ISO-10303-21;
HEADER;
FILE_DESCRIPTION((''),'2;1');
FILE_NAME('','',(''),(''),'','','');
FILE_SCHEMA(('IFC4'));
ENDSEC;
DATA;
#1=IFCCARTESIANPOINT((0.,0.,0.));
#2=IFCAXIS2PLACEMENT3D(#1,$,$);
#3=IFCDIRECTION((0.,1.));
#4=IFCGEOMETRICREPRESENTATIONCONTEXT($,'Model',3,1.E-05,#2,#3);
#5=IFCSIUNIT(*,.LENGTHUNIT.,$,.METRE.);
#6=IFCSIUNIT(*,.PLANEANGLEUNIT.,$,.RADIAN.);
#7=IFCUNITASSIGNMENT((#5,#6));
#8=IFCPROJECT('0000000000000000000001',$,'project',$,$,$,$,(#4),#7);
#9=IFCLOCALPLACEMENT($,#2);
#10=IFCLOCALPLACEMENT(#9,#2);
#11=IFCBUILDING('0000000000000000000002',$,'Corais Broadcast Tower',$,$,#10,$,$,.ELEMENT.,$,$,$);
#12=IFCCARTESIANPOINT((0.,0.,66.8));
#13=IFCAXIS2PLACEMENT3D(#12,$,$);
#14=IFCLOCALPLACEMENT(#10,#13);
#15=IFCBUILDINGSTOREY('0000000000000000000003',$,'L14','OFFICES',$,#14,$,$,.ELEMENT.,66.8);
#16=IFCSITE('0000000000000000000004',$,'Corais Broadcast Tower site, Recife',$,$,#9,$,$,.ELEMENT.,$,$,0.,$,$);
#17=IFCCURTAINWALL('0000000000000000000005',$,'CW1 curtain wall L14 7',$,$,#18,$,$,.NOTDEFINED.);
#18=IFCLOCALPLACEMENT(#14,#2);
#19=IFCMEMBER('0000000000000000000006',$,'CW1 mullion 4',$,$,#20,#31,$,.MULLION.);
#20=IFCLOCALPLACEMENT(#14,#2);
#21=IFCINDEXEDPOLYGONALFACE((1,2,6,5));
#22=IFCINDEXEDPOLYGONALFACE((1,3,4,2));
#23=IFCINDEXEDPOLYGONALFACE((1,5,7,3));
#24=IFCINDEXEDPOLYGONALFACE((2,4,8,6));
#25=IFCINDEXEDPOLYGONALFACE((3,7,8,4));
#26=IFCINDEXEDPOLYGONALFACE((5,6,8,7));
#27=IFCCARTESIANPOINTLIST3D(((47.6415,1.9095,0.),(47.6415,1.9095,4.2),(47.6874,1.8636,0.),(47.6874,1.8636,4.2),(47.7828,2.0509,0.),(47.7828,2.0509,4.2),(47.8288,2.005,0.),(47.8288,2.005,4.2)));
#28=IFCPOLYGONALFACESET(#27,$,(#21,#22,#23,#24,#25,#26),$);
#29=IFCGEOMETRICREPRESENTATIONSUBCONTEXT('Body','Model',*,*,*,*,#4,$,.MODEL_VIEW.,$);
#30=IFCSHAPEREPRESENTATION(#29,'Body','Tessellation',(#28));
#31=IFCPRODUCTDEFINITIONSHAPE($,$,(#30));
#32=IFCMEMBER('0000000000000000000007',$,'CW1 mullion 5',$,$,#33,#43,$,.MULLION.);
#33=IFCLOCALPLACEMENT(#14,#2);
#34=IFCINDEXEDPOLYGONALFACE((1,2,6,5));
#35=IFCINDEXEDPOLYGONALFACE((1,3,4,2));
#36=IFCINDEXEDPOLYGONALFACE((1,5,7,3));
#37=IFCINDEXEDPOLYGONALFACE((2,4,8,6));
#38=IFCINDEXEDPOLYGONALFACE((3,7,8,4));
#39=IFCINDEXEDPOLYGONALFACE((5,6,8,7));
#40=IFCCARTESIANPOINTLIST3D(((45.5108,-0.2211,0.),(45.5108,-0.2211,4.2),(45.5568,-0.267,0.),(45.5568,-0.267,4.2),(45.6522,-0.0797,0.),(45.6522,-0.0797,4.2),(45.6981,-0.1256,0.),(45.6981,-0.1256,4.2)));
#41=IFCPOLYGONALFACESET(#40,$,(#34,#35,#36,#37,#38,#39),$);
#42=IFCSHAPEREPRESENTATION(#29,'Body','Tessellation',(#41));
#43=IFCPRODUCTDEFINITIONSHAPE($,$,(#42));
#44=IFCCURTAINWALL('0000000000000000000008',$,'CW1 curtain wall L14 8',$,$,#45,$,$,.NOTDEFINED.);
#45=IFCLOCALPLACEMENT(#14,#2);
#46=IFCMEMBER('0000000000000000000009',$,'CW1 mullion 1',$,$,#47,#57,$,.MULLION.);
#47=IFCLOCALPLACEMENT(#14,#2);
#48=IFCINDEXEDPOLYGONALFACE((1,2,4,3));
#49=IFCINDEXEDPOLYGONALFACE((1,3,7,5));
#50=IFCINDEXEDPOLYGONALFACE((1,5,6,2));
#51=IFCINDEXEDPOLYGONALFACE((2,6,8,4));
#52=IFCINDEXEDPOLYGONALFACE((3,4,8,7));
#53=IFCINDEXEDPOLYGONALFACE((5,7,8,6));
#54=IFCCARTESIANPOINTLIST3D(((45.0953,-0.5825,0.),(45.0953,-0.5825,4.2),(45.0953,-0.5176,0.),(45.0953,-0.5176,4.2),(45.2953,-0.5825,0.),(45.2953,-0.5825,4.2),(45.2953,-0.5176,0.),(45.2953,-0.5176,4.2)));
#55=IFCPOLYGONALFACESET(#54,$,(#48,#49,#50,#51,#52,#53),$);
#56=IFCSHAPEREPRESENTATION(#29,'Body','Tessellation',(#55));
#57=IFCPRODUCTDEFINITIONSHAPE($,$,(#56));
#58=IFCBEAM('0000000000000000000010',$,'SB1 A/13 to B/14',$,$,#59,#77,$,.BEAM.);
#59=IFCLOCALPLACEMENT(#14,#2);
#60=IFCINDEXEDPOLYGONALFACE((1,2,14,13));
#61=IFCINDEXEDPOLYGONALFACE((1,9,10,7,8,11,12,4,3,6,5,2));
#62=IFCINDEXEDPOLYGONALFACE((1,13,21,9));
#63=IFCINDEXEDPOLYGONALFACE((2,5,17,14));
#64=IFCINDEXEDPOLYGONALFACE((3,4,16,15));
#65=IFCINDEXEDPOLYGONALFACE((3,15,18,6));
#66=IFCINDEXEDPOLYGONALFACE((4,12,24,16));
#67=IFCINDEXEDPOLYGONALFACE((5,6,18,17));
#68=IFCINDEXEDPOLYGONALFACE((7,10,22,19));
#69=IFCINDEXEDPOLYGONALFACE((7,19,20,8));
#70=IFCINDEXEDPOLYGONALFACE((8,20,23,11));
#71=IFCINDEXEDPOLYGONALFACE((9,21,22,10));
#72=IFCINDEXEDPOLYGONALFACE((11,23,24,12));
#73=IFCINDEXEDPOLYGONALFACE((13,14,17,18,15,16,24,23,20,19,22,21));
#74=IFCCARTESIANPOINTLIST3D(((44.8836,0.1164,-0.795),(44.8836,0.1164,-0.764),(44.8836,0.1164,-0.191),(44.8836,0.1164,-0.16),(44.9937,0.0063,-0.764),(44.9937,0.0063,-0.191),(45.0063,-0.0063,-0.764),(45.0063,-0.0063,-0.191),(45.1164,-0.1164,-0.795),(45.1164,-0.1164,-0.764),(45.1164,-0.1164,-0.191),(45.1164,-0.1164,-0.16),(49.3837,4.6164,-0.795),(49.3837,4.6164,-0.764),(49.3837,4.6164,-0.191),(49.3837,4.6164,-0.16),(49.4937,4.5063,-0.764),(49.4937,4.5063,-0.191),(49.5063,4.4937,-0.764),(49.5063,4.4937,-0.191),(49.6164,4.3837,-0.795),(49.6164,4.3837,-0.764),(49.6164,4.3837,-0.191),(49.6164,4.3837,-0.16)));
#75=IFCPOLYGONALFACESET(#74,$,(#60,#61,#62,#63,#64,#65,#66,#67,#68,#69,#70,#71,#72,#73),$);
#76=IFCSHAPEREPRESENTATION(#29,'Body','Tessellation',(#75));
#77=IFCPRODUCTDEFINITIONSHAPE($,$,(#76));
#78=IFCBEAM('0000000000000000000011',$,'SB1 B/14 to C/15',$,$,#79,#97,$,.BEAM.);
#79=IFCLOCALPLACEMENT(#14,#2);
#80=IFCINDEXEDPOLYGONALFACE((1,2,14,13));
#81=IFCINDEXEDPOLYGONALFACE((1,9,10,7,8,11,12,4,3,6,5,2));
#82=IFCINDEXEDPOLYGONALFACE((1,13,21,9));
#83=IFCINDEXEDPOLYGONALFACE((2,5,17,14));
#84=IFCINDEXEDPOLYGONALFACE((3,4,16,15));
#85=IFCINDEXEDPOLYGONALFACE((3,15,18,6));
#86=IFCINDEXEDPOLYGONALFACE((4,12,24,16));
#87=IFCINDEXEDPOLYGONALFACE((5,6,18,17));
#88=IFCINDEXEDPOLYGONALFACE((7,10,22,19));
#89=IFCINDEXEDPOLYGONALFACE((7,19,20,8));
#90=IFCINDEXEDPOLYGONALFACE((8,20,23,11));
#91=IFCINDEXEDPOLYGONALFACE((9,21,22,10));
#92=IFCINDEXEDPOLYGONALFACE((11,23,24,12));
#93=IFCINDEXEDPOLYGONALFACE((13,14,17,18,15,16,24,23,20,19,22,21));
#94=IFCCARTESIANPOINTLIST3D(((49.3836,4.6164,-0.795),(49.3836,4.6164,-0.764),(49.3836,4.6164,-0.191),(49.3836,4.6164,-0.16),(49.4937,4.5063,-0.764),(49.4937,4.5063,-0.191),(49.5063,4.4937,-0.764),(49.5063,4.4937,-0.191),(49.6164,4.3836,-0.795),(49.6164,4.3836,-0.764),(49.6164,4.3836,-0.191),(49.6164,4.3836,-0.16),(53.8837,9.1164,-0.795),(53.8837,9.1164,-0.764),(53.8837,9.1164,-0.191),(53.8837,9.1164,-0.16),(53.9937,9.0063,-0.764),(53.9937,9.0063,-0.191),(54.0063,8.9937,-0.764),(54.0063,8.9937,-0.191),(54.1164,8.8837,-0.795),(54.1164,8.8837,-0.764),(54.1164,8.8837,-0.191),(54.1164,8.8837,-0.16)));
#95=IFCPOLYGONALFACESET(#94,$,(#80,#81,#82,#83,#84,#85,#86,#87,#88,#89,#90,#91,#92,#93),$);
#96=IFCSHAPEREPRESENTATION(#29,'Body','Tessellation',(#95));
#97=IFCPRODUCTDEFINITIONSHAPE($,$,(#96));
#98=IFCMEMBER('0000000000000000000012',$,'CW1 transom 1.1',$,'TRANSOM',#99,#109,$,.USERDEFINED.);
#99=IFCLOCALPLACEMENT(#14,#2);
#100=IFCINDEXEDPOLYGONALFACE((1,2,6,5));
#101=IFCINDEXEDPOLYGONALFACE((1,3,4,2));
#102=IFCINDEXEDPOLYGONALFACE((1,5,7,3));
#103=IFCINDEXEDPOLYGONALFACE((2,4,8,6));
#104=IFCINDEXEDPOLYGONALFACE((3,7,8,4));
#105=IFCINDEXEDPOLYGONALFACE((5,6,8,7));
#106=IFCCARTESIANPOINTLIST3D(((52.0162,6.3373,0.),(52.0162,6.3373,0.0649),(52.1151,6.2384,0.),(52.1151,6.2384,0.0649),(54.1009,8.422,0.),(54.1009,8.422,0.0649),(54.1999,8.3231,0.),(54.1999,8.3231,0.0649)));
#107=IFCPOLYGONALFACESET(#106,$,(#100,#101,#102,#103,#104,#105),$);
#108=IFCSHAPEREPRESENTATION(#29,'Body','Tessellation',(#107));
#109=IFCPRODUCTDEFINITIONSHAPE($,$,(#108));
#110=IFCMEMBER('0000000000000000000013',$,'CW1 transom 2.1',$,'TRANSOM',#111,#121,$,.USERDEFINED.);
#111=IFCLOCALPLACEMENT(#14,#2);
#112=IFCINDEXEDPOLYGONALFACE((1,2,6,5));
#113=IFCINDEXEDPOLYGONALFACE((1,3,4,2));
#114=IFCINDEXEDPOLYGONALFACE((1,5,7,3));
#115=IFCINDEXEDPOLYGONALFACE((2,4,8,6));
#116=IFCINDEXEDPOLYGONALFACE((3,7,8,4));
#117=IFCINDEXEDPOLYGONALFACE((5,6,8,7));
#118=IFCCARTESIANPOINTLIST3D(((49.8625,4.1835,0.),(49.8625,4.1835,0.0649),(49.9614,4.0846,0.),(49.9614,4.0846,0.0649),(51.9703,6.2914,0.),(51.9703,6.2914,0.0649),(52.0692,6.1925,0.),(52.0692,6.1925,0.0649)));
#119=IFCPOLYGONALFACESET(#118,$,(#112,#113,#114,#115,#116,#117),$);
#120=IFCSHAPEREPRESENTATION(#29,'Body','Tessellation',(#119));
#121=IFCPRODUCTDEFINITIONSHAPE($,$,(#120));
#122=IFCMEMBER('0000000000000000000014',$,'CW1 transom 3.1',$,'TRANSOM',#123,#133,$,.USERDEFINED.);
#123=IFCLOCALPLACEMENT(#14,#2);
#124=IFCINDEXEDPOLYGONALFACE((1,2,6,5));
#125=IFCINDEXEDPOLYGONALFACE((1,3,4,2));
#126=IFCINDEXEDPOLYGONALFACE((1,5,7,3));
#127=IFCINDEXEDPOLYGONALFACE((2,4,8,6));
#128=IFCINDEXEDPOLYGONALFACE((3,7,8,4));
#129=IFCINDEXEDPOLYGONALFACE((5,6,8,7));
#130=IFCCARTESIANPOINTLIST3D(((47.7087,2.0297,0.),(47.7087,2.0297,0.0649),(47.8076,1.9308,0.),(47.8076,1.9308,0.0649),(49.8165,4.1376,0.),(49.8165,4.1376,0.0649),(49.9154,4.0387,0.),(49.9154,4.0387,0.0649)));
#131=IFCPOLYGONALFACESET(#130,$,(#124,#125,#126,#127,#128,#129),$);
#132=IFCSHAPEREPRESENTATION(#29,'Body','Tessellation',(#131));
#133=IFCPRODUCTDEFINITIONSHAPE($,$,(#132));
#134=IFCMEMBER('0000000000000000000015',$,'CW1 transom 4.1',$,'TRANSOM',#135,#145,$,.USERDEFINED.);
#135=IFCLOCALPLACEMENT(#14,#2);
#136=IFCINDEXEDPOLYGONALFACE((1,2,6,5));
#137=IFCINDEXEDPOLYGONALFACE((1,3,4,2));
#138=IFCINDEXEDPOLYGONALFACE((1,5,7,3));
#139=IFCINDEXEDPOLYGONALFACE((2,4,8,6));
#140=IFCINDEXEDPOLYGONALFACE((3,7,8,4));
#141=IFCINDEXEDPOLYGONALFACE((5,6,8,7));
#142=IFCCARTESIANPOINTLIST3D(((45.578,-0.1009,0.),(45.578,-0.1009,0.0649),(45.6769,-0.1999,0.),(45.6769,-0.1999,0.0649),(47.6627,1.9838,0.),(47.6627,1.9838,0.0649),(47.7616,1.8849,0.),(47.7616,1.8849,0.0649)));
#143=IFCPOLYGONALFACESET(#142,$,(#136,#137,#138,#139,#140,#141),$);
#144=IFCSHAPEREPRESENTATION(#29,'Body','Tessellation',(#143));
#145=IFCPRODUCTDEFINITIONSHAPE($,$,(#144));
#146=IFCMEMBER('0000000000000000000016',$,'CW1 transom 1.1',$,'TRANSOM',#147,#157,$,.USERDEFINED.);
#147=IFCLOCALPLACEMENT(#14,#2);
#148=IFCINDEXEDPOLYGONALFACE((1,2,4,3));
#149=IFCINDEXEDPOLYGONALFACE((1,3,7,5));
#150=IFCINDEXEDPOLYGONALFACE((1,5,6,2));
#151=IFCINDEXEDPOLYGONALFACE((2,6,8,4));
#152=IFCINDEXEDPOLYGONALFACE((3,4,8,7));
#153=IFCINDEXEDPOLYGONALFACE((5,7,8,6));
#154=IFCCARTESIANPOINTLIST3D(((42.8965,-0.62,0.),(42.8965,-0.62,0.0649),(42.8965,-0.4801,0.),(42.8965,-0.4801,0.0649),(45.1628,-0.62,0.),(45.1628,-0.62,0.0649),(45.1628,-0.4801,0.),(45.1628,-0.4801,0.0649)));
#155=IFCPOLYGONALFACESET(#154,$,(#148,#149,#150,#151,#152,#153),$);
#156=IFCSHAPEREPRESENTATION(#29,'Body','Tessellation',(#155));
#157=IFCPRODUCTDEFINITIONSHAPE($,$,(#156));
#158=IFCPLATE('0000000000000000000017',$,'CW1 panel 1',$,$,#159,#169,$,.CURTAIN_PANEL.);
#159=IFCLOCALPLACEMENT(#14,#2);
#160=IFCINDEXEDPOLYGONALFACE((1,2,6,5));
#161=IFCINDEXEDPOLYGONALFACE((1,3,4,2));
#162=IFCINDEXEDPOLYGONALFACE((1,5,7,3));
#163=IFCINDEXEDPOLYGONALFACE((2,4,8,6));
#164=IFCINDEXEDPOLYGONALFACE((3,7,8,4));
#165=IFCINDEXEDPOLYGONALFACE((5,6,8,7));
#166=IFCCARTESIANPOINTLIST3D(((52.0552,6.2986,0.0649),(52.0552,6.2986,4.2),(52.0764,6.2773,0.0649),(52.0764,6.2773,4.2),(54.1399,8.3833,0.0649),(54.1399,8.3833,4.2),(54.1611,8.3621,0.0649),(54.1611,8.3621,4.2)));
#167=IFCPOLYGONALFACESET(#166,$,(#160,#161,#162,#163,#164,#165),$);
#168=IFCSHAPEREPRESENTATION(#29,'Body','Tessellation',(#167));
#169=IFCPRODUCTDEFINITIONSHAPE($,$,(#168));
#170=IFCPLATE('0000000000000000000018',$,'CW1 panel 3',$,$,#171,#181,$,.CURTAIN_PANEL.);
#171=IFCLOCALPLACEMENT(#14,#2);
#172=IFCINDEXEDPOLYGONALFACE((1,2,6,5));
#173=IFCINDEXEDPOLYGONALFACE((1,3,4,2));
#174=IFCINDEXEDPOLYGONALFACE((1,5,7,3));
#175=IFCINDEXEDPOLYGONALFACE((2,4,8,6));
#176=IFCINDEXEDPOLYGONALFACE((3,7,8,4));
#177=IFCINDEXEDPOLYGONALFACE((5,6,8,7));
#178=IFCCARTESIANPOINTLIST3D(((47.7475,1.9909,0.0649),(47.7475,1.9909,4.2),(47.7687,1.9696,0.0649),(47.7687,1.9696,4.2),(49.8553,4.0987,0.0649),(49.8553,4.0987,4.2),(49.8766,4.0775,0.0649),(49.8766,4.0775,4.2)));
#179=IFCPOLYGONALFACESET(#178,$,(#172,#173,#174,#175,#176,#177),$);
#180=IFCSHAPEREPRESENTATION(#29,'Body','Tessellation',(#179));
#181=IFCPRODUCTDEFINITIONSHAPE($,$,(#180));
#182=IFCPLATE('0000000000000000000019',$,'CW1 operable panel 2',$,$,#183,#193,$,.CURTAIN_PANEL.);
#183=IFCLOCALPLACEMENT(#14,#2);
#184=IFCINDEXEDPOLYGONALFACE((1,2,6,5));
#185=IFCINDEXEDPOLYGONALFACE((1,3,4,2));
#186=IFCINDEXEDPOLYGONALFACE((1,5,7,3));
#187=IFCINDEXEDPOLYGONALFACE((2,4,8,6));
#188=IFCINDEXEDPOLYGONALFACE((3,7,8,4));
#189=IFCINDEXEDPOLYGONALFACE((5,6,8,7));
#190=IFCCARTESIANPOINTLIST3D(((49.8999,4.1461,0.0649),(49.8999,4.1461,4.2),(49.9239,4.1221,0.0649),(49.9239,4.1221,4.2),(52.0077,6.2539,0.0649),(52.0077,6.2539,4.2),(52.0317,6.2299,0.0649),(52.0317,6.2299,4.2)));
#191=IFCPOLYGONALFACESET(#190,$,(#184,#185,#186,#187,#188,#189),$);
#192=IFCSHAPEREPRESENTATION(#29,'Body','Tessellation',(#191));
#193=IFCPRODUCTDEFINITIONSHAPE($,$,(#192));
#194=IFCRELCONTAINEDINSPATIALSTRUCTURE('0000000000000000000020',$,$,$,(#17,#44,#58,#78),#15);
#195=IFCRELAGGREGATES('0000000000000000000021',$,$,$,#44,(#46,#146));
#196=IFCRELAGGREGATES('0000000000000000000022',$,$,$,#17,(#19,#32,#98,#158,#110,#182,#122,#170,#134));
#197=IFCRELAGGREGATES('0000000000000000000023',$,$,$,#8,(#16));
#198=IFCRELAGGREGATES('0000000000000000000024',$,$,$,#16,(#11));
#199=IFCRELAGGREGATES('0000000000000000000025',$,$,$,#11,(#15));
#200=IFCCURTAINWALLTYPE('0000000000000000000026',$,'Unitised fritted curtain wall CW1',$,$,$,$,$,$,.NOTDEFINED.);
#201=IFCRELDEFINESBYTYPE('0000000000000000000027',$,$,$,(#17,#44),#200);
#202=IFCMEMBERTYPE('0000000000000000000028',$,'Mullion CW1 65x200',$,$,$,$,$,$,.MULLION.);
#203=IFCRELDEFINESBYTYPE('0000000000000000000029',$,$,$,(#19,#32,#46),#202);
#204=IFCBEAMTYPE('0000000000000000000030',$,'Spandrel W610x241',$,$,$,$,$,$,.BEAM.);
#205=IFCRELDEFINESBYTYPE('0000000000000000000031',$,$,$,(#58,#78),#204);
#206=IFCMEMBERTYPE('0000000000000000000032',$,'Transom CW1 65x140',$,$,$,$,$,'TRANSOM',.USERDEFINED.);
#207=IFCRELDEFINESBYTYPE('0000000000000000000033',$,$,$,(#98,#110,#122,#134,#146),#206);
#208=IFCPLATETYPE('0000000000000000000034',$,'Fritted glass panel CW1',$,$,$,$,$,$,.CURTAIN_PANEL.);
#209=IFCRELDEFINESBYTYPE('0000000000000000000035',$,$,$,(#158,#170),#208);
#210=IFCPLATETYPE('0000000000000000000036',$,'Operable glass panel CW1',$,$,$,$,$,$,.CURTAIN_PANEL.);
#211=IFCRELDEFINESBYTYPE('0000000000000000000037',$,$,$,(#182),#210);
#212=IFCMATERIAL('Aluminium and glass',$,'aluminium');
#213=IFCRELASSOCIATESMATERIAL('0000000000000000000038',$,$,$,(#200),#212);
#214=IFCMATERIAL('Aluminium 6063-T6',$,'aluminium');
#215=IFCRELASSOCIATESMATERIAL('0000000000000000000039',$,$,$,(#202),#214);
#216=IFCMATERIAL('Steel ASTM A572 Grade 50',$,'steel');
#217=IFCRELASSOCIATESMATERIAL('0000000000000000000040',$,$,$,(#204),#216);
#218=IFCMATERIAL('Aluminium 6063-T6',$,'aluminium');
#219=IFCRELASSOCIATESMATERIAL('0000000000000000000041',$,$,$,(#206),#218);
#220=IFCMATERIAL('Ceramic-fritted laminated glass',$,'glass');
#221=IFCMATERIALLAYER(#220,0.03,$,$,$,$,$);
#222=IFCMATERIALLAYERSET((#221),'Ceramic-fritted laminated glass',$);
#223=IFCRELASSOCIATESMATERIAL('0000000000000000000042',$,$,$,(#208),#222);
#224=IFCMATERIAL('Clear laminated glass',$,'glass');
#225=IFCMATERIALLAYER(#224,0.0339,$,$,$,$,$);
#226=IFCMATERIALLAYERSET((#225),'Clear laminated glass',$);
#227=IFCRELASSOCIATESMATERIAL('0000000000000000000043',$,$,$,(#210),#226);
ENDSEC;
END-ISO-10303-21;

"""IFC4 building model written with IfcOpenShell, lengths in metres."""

from ifc_helpers import new_model, si_unit, direction, frame, origin, origin_2d, place, context, subcontext, project, spatial, rectangle, i_section, extrude, material, layer, layer_set, material_profile, profile_set, type_object, element, aggregate, save


model = new_model("IFC4")

# Units and contexts
model_context = context("Model", 3, precision=1e-05, world=origin(), true_north=direction((0.0, 1.0)))
body_context = subcontext(model_context, "Body", "Model", "MODEL_VIEW")
ifc_project = project(units=[si_unit("LENGTHUNIT", "METRE"), si_unit("PLANEANGLEUNIT", "RADIAN")], contexts=[model_context])

# Site, building, storey
site_placement = place(None, origin())
site = spatial("IfcSite", under=ifc_project, at=site_placement, Name="Corais Broadcast Tower site, Recife", CompositionType="ELEMENT", RefElevation=0.0)
building_placement = place(site_placement, origin())
building = spatial("IfcBuilding", under=site, at=building_placement, Name="Corais Broadcast Tower", CompositionType="ELEMENT")
storey_placement = place(building_placement, frame((0.0, 0.0, 66.8)))
storey = spatial("IfcBuildingStorey", under=building, at=storey_placement, Name="L14", Description="OFFICES", CompositionType="ELEMENT", Elevation=66.8)

# Shared definitions
ifc_material_1 = material(Name="Aluminium and glass", Category="aluminium")
curtain_wall_type = type_object("IfcCurtainWallType", Name="Unitised fritted curtain wall CW1", PredefinedType="NOTDEFINED", material=ifc_material_1)
ifc_material_2 = material(Name="Aluminium 6063-T6", Category="aluminium")
ifc_material_profile_1 = material_profile(ifc_material_2, rectangle(XDim=0.0649, YDim=0.2, at=origin_2d()), Name="Mullion CW1 65x200")
ifc_profile_set_1 = profile_set([ifc_material_profile_1], Name="Aluminium 6063-T6")
member_type_1 = type_object("IfcMemberType", Name="Mullion CW1 65x200", PredefinedType="MULLION", material=ifc_profile_set_1)

# Curtain wall, members
curtain_wall_1_placement = place(storey_placement, origin())
curtain_wall_1 = element("IfcCurtainWall", 1, at=curtain_wall_1_placement, inside=storey, type_object=curtain_wall_type, Name="CW1 curtain wall L14 7", PredefinedType="NOTDEFINED")
member_1_placement = place(storey_placement, frame((47.7351, 1.9573, 0.0), z_axis=(0.0, 0.0, 1.0), x_axis=(0.707107, -0.707107, 0.0)))
member_1 = element("IfcMember", 2, at=member_1_placement, type_object=member_type_1, Name="CW1 mullion 4", PredefinedType="MULLION", context=body_context, shape_type="SweptSolid", body=[
    extrude(rectangle(XDim=0.0649, YDim=0.2, at=origin_2d()), origin(), (0.0, 0.0, 1.0), 4.2),
])
member_2_placement = place(storey_placement, frame((45.6045, -0.1733, 0.0), z_axis=(0.0, 0.0, 1.0), x_axis=(0.707107, -0.707107, 0.0)))
member_2 = element("IfcMember", 3, at=member_2_placement, type_object=member_type_1, Name="CW1 mullion 5", PredefinedType="MULLION", context=body_context, shape_type="SweptSolid", body=[
    extrude(rectangle(XDim=0.0649, YDim=0.2, at=origin_2d()), origin(), (0.0, 0.0, 1.0), 4.2),
])

# Curtain wall, member
curtain_wall_2_placement = place(storey_placement, origin())
curtain_wall_2 = element("IfcCurtainWall", 4, at=curtain_wall_2_placement, inside=storey, type_object=curtain_wall_type, Name="CW1 curtain wall L14 8", PredefinedType="NOTDEFINED")
member_3_placement = place(storey_placement, frame((45.1953, -0.55, 0.0), z_axis=(0.0, 0.0, 1.0), x_axis=(0.0, -1.0, 0.0)))
member_3 = element("IfcMember", 5, at=member_3_placement, type_object=member_type_1, Name="CW1 mullion 1", PredefinedType="MULLION", context=body_context, shape_type="SweptSolid", body=[
    extrude(rectangle(XDim=0.0649, YDim=0.2, at=origin_2d()), origin(), (0.0, 0.0, 1.0), 4.2),
])

# Beams
ifc_material_3 = material(Name="Steel ASTM A572 Grade 50", Category="steel")
ifc_material_profile_2 = material_profile(ifc_material_3, i_section(OverallWidth=0.3291, OverallDepth=0.635, WebThickness=0.0178, FlangeThickness=0.031, at=origin_2d()), Name="W610x241")
ifc_profile_set_2 = profile_set([ifc_material_profile_2], Name="Steel ASTM A572 Grade 50")
beam_type_1 = type_object("IfcBeamType", Name="Spandrel W610x241", PredefinedType="BEAM", material=ifc_profile_set_2)
for number, where, z_axis, x_axis, name in (
    (6, (45.0, 0.0, -0.4775), (0.707107, 0.707107, 0.0), (-0.707107, 0.707107, 0.0), "SB1 A/13 to B/14"),
    (7, (49.5, 4.5, -0.4775), (0.707107, 0.707107, 0.0), (-0.707107, 0.707107, 0.0), "SB1 B/14 to C/15"),
):
    element("IfcBeam", number, at=place(storey_placement, frame(where, z_axis=z_axis, x_axis=x_axis)), inside=storey, type_object=beam_type_1, Name=name, PredefinedType="BEAM", context=body_context, shape_type="SweptSolid", body=[
        extrude(i_section(OverallWidth=0.3291, OverallDepth=0.635, WebThickness=0.0178, FlangeThickness=0.031, at=origin_2d()), origin(), (0.0, 0.0, 1.0), 6.364),
    ])

# Members
ifc_material_4 = material(Name="Aluminium 6063-T6", Category="aluminium")
ifc_material_profile_3 = material_profile(ifc_material_4, rectangle(XDim=0.1399, YDim=0.0649, at=origin_2d()), Name="Transom CW1 65x140")
ifc_profile_set_3 = profile_set([ifc_material_profile_3], Name="Aluminium 6063-T6")
member_type_2 = type_object("IfcMemberType", Name="Transom CW1 65x140", ElementType="TRANSOM", PredefinedType="USERDEFINED", material=ifc_profile_set_3)
member_4_placement = place(storey_placement, frame((54.1504, 8.3726, 0.0325), z_axis=(-0.707107, -0.707107, 0.0), x_axis=(0.707107, -0.707107, 0.0)))
member_4 = element("IfcMember", 8, at=member_4_placement, type_object=member_type_2, Name="CW1 transom 1.1", ObjectType="TRANSOM", PredefinedType="USERDEFINED", context=body_context, shape_type="SweptSolid", body=[
    extrude(rectangle(XDim=0.1399, YDim=0.0649, at=origin_2d()), origin(), (0.0, 0.0, 1.0), 2.9482),
])
member_5_placement = place(storey_placement, frame((52.0198, 6.2419, 0.0325), z_axis=(-0.707107, -0.707107, 0.0), x_axis=(0.707107, -0.707107, 0.0)))
member_5 = element("IfcMember", 9, at=member_5_placement, type_object=member_type_2, Name="CW1 transom 2.1", ObjectType="TRANSOM", PredefinedType="USERDEFINED", context=body_context, shape_type="SweptSolid", body=[
    extrude(rectangle(XDim=0.1399, YDim=0.0649, at=origin_2d()), origin(), (0.0, 0.0, 1.0), 2.981),
])
member_6_placement = place(storey_placement, frame((49.866, 4.0881, 0.0325), z_axis=(-0.707107, -0.707107, 0.0), x_axis=(0.707107, -0.707107, 0.0)))
member_6 = element("IfcMember", 10, at=member_6_placement, type_object=member_type_2, Name="CW1 transom 3.1", ObjectType="TRANSOM", PredefinedType="USERDEFINED", context=body_context, shape_type="SweptSolid", body=[
    extrude(rectangle(XDim=0.1399, YDim=0.0649, at=origin_2d()), origin(), (0.0, 0.0, 1.0), 2.981),
])
member_7_placement = place(storey_placement, frame((47.7122, 1.9343, 0.0325), z_axis=(-0.707107, -0.707107, 0.0), x_axis=(0.707107, -0.707107, 0.0)))
member_7 = element("IfcMember", 11, at=member_7_placement, type_object=member_type_2, Name="CW1 transom 4.1", ObjectType="TRANSOM", PredefinedType="USERDEFINED", context=body_context, shape_type="SweptSolid", body=[
    extrude(rectangle(XDim=0.1399, YDim=0.0649, at=origin_2d()), origin(), (0.0, 0.0, 1.0), 2.9482),
])
member_8_placement = place(storey_placement, frame((45.1628, -0.55, 0.0325), z_axis=(-1.0, 0.0, 0.0), x_axis=(0.0, -1.0, 0.0)))
member_8 = element("IfcMember", 12, at=member_8_placement, type_object=member_type_2, Name="CW1 transom 1.1", ObjectType="TRANSOM", PredefinedType="USERDEFINED", context=body_context, shape_type="SweptSolid", body=[
    extrude(rectangle(XDim=0.1399, YDim=0.0649, at=origin_2d()), origin(), (0.0, 0.0, 1.0), 2.2664),
])
aggregate(curtain_wall_2, [member_3, member_8])

# Plates
ifc_material_5 = material(Name="Ceramic-fritted laminated glass", Category="glass")
ifc_layer_1 = layer(ifc_material_5, 0.03)
ifc_layer_set_1 = layer_set([ifc_layer_1], Name="Ceramic-fritted laminated glass")
plate_type_1 = type_object("IfcPlateType", Name="Fritted glass panel CW1", PredefinedType="CURTAIN_PANEL", material=ifc_layer_set_1)
plate_1_placement = place(storey_placement, frame((53.1082, 7.3303, 0.0649), z_axis=(0.0, 0.0, 1.0), x_axis=(-0.707107, -0.707107, 0.0)))
plate_1 = element("IfcPlate", 13, at=plate_1_placement, type_object=plate_type_1, Name="CW1 panel 1", PredefinedType="CURTAIN_PANEL", context=body_context, shape_type="SweptSolid", body=[
    extrude(rectangle(XDim=2.9482, YDim=0.03, at=origin_2d()), origin(), (0.0, 0.0, 1.0), 4.135),
])
plate_2_placement = place(storey_placement, frame((48.812, 3.0342, 0.0649), z_axis=(0.0, 0.0, 1.0), x_axis=(-0.707107, -0.707107, 0.0)))
plate_2 = element("IfcPlate", 14, at=plate_2_placement, type_object=plate_type_1, Name="CW1 panel 3", PredefinedType="CURTAIN_PANEL", context=body_context, shape_type="SweptSolid", body=[
    extrude(rectangle(XDim=2.981, YDim=0.03, at=origin_2d()), origin(), (0.0, 0.0, 1.0), 4.135),
])
ifc_material_6 = material(Name="Clear laminated glass", Category="glass")
ifc_layer_2 = layer(ifc_material_6, 0.0339)
ifc_layer_set_2 = layer_set([ifc_layer_2], Name="Clear laminated glass")
plate_type_2 = type_object("IfcPlateType", Name="Operable glass panel CW1", PredefinedType="CURTAIN_PANEL", material=ifc_layer_set_2)
plate_3_placement = place(storey_placement, frame((50.9658, 5.188, 0.0649), z_axis=(0.0, 0.0, 1.0), x_axis=(-0.707107, -0.707107, 0.0)))
plate_3 = element("IfcPlate", 15, at=plate_3_placement, type_object=plate_type_2, Name="CW1 operable panel 2", PredefinedType="CURTAIN_PANEL", context=body_context, shape_type="SweptSolid", body=[
    extrude(rectangle(XDim=2.981, YDim=0.0339, at=origin_2d()), origin(), (0.0, 0.0, 1.0), 4.135),
])
aggregate(curtain_wall_1, [member_1, member_2, member_4, plate_1, member_5, plate_3, member_6, plate_2, member_7])

save(model, "model.ifc")
